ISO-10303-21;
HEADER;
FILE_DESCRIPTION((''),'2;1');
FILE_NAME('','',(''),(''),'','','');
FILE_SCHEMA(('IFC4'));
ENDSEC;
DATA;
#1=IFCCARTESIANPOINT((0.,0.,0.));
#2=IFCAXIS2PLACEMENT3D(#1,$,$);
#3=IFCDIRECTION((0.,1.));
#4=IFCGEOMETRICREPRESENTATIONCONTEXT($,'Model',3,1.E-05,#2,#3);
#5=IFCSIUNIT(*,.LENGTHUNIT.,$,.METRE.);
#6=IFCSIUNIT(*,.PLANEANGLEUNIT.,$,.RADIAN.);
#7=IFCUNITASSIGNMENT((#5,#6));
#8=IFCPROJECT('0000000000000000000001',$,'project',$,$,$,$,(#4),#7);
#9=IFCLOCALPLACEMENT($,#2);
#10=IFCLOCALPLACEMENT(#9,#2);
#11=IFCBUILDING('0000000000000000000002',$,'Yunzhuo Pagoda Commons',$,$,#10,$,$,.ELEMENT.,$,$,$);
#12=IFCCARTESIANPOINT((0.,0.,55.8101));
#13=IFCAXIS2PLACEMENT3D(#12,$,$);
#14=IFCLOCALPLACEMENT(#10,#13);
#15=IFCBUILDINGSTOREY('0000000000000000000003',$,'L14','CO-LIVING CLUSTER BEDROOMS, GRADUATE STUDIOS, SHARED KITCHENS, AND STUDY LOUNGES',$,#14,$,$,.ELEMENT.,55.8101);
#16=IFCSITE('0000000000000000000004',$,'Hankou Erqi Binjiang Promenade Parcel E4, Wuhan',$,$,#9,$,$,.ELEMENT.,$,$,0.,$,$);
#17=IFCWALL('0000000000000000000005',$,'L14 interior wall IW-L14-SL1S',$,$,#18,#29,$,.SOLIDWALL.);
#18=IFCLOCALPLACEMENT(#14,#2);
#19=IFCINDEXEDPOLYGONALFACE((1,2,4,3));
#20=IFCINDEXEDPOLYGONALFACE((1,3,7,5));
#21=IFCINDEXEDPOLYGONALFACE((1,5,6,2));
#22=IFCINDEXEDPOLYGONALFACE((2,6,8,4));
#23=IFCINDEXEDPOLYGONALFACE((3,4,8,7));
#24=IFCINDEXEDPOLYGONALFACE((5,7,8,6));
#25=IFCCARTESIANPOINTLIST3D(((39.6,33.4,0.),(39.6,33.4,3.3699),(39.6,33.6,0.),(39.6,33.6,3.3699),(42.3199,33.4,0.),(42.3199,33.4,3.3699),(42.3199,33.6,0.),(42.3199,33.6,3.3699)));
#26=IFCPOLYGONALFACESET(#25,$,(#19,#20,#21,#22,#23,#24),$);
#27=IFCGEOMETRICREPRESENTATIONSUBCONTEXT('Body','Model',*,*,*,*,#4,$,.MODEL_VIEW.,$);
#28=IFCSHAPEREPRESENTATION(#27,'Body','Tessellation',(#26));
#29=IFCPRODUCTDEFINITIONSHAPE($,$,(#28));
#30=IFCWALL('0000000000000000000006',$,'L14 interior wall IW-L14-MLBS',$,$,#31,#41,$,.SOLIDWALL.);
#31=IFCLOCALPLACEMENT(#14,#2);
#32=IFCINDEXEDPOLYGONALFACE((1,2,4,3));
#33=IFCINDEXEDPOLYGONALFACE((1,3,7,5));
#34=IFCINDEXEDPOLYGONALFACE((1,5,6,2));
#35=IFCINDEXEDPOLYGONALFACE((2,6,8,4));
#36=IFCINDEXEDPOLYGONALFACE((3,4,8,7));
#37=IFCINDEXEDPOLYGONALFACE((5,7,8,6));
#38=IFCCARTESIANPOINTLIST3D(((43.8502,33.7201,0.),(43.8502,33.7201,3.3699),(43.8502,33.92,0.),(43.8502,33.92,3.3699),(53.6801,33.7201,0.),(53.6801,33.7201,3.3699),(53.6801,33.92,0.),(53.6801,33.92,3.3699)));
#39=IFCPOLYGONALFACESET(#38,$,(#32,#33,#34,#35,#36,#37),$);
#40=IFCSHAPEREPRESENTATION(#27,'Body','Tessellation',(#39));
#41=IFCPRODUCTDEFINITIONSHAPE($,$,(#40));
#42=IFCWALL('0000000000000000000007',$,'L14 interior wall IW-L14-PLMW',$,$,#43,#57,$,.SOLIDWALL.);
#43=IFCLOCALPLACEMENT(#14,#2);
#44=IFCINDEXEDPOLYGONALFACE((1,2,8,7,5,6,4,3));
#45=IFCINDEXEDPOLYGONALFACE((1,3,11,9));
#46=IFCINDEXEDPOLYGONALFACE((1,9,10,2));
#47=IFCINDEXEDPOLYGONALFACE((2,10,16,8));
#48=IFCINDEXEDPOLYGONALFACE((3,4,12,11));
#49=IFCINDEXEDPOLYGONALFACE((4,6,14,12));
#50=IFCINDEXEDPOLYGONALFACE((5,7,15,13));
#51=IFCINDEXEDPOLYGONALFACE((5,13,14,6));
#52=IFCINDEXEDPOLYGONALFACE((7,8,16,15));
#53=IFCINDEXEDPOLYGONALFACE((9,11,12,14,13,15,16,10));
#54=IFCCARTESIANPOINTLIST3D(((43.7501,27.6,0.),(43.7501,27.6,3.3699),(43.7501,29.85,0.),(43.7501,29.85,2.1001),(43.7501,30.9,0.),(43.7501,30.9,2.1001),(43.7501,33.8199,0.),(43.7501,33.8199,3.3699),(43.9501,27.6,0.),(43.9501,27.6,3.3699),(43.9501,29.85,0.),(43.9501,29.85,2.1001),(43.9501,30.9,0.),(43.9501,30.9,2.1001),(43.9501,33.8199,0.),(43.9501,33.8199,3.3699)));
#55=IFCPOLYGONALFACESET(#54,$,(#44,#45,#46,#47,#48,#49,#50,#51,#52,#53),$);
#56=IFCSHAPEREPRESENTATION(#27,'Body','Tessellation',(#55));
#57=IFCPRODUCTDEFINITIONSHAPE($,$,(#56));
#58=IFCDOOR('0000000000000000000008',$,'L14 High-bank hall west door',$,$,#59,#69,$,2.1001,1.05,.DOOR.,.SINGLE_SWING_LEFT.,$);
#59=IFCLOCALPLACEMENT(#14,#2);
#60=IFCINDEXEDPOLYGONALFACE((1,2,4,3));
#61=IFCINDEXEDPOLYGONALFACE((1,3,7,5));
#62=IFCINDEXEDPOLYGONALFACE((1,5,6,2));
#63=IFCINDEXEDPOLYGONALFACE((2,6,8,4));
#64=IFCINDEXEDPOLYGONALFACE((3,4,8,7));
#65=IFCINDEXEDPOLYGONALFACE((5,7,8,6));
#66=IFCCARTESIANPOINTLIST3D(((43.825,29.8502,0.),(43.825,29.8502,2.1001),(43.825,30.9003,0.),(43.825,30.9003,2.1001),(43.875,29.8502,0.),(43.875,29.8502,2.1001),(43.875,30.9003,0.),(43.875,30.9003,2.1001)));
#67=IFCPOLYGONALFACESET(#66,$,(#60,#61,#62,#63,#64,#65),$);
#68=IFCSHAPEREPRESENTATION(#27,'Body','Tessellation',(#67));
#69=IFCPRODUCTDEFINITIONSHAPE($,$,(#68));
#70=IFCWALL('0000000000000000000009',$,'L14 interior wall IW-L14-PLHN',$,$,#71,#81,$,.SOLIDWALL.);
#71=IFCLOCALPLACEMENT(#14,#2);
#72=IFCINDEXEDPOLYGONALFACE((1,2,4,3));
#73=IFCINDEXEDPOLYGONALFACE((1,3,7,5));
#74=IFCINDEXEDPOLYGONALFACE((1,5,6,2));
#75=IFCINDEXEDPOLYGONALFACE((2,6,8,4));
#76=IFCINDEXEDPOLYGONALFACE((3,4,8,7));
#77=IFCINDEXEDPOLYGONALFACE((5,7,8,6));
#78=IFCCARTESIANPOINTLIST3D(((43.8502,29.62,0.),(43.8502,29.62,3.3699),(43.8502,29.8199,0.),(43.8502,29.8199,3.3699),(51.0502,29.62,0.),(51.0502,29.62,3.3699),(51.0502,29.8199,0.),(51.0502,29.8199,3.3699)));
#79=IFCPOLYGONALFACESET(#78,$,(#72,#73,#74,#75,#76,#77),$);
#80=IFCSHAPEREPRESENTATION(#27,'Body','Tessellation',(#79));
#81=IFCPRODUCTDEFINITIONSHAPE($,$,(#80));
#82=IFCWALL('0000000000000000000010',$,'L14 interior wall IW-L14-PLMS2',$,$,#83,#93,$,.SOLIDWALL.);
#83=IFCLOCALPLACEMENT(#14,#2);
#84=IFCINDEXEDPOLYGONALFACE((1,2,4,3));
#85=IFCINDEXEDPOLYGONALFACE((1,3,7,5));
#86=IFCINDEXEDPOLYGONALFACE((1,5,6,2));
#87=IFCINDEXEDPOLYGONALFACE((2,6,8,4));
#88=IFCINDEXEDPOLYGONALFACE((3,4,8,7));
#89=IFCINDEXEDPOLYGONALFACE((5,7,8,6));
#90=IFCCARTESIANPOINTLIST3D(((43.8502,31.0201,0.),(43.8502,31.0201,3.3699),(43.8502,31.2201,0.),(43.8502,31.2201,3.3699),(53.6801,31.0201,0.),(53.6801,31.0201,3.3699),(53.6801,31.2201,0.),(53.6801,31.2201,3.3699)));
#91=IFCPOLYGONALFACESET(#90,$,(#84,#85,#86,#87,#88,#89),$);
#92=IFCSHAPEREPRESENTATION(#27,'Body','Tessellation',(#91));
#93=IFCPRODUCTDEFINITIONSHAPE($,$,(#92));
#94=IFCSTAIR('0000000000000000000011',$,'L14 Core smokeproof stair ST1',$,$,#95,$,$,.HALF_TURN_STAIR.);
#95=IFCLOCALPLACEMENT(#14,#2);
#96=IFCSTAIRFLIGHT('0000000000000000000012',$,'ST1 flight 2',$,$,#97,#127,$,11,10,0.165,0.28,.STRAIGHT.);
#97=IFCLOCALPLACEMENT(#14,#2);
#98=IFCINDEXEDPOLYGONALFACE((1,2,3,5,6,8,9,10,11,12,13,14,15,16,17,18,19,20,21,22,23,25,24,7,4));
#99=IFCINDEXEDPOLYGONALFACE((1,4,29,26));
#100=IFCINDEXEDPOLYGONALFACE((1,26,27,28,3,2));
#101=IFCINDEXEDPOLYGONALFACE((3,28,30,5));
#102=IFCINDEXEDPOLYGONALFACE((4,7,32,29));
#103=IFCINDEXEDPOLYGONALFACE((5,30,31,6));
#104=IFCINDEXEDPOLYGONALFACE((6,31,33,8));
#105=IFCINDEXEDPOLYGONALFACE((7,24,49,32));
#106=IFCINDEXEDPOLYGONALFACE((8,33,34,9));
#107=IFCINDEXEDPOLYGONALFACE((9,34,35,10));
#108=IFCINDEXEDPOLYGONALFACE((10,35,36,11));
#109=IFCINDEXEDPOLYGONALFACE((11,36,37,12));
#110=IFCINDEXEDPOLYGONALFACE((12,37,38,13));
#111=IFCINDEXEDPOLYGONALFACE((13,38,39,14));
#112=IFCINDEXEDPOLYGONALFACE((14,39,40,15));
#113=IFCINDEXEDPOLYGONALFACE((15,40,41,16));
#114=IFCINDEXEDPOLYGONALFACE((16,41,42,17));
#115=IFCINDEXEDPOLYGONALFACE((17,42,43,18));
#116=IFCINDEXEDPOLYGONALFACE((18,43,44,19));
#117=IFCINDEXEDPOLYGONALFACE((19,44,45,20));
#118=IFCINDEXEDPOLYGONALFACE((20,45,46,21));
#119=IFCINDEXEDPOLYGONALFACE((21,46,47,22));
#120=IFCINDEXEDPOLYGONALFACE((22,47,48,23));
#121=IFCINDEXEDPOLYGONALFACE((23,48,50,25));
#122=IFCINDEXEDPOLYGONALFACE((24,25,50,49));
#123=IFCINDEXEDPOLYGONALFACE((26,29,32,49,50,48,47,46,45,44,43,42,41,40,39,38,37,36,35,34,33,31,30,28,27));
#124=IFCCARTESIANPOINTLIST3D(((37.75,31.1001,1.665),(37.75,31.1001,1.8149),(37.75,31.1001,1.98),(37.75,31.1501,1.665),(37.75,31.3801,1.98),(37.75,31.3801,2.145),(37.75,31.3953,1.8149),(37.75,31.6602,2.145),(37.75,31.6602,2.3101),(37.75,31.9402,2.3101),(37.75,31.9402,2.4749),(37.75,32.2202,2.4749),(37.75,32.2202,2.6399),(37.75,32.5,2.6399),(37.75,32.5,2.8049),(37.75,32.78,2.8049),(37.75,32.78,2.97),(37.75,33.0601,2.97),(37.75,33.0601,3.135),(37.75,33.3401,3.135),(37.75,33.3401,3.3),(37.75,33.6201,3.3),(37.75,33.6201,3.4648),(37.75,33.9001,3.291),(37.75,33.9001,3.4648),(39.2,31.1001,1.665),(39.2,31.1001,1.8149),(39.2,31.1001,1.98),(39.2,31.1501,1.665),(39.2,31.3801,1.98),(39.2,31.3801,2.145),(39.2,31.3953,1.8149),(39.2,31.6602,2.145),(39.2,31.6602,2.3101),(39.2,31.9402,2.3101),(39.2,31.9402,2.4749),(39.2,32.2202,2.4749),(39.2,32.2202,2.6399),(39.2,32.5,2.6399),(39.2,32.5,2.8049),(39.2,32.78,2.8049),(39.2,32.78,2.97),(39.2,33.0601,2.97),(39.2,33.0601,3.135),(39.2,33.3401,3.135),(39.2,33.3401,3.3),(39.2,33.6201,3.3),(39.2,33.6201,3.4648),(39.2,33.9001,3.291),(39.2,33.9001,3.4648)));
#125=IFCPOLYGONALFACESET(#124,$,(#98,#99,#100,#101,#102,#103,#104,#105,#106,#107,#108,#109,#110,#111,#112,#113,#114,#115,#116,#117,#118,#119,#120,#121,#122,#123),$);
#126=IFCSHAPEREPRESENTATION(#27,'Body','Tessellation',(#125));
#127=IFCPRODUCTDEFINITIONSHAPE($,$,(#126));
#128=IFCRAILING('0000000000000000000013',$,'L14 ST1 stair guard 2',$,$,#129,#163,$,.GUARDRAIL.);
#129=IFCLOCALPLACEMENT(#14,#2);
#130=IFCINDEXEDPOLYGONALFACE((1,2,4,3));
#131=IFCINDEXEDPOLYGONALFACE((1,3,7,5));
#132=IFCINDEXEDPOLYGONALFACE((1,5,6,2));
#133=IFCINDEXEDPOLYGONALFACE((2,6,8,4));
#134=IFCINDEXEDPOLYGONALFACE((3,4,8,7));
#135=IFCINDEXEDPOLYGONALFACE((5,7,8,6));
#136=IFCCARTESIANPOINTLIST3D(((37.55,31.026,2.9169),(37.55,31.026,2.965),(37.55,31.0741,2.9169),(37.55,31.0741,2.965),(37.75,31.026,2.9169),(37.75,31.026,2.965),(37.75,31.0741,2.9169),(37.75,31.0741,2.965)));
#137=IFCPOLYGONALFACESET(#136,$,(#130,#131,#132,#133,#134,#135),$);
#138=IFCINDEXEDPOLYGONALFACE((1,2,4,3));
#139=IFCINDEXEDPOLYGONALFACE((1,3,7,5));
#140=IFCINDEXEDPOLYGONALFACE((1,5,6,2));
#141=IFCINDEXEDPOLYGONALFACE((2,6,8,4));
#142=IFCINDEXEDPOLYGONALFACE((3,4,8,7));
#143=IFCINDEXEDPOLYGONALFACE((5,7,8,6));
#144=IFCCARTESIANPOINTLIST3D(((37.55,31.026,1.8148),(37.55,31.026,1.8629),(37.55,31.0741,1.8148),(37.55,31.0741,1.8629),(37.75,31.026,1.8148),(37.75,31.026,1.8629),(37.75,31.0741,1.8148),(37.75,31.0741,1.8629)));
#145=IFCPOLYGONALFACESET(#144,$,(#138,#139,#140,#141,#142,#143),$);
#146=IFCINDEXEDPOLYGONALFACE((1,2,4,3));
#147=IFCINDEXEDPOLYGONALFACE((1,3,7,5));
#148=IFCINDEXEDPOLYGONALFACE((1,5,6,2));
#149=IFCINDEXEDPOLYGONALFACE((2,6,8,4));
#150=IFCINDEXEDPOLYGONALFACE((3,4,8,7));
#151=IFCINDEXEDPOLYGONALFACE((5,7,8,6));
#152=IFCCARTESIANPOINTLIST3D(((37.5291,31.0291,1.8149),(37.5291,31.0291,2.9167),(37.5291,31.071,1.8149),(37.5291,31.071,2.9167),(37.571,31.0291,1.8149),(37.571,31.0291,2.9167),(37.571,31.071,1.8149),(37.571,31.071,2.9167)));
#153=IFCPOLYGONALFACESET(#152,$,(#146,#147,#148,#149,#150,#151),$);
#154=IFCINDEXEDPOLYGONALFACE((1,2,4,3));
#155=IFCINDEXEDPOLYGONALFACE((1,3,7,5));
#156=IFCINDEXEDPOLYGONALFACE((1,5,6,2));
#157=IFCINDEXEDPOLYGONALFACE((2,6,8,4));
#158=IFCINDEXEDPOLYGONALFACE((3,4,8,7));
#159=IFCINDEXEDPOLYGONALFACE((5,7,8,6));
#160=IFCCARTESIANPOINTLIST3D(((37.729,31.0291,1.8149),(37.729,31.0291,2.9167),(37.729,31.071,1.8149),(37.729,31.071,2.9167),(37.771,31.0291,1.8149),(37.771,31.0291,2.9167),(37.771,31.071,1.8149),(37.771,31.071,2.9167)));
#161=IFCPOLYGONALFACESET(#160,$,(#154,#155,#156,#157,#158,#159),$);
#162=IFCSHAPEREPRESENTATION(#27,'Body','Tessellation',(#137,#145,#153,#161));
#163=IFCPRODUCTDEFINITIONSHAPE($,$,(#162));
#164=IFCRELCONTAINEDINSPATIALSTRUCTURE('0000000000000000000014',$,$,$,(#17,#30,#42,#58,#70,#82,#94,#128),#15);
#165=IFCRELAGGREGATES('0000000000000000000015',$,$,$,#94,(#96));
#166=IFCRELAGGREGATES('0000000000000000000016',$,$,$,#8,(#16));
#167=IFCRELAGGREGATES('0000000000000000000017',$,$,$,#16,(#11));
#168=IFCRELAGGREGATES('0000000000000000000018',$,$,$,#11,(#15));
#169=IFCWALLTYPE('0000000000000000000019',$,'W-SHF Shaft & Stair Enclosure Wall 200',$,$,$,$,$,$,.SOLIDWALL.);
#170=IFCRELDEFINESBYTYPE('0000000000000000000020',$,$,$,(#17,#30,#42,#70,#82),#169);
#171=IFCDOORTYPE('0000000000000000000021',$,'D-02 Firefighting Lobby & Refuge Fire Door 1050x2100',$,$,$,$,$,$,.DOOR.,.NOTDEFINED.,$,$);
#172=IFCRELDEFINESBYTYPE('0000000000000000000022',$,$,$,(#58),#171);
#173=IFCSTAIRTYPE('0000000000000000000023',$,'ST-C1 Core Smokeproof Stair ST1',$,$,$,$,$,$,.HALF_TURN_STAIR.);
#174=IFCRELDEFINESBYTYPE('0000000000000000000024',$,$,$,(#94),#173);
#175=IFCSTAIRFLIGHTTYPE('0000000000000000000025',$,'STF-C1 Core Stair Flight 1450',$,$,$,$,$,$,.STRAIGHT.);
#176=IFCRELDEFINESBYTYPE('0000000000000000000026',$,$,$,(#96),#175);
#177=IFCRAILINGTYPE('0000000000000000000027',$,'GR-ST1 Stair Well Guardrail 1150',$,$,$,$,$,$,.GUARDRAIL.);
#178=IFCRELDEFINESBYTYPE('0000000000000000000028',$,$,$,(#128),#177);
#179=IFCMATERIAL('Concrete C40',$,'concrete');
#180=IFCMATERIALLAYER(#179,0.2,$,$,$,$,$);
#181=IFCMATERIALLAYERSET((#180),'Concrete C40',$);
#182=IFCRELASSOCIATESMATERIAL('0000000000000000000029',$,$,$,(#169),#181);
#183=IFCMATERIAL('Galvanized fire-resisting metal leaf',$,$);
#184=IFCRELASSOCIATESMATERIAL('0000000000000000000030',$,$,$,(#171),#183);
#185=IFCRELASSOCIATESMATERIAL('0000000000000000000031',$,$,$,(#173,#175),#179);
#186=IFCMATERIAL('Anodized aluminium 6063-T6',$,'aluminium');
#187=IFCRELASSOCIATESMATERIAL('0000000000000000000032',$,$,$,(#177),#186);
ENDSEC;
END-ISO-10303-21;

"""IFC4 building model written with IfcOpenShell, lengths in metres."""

from ifc_helpers import new_model, si_unit, direction, frame, frame_2d, origin, origin_2d, place, context, subcontext, project, spatial, polyline, rectangle, outline, extrude, source, transform, mapped, material, layer, layer_set, type_object, element, fill, aggregate, save


model = new_model("IFC4")

# Units and contexts
model_context = context("Model", 3, precision=1e-05, world=origin(), true_north=direction((0.0, 1.0)))
body_context = subcontext(model_context, "Body", "Model", "MODEL_VIEW")
ifc_project = project(units=[si_unit("LENGTHUNIT", "METRE"), si_unit("PLANEANGLEUNIT", "RADIAN")], contexts=[model_context])

# Site, building, storey
site_placement = place(None, origin())
site = spatial("IfcSite", under=ifc_project, at=site_placement, Name="Hankou Erqi Binjiang Promenade Parcel E4, Wuhan", CompositionType="ELEMENT", RefElevation=0.0)
building_placement = place(site_placement, origin())
building = spatial("IfcBuilding", under=site, at=building_placement, Name="Yunzhuo Pagoda Commons", CompositionType="ELEMENT")
storey_placement = place(building_placement, frame((0.0, 0.0, 55.8101)))
storey = spatial("IfcBuildingStorey", under=building, at=storey_placement, Name="L14", Description="CO-LIVING CLUSTER BEDROOMS, GRADUATE STUDIOS, SHARED KITCHENS, AND STUDY LOUNGES", CompositionType="ELEMENT", Elevation=55.8101)

# Shared definitions
ifc_material_1 = material(Name="Galvanized fire-resisting metal leaf")

# Shared definitions
ifc_material_2 = material(Name="Concrete C40", Category="concrete")
ifc_layer_1 = layer(ifc_material_2, 0.2)
ifc_layer_set_1 = layer_set([ifc_layer_1], Name="Concrete C40")
wall_type_1 = type_object("IfcWallType", Name="W-SHF Shaft & Stair Enclosure Wall 200", PredefinedType="SOLIDWALL", material=ifc_layer_set_1)
shared_shape_1 = source(origin(), body_context, "Body", "SweptSolid", [
    extrude(rectangle(XDim=1.05, YDim=2.1001, at=frame_2d((0.5249, 1.05))), frame((0.0, 0.0249, 0.0), z_axis=(0.0, -1.0, 0.0), x_axis=(1.0, 0.0, 0.0)), (0.0, 0.0, 1.0), 0.05),
])

# Walls
wall_1_placement = place(storey_placement, frame((39.6001, 33.5, 0.0), z_axis=(0.0, 0.0, 1.0), x_axis=(1.0, 0.0, 0.0)))
element("IfcWall", 1, at=wall_1_placement, inside=storey, type_object=wall_type_1, Name="L14 interior wall IW-L14-SL1S", PredefinedType="SOLIDWALL", context=body_context, shape_type="SweptSolid", body=[
    extrude(rectangle(XDim=2.72, YDim=0.2, at=frame_2d((1.3599, 0.0))), origin(), (0.0, 0.0, 1.0), 3.3699),
])
wall_2_placement = place(storey_placement, frame((43.8501, 33.8201, 0.0), z_axis=(0.0, 0.0, 1.0), x_axis=(1.0, 0.0, 0.0)))
element("IfcWall", 2, at=wall_2_placement, inside=storey, type_object=wall_type_1, Name="L14 interior wall IW-L14-MLBS", PredefinedType="SOLIDWALL", context=body_context, shape_type="SweptSolid", body=[
    extrude(rectangle(XDim=9.8298, YDim=0.2, at=frame_2d((4.915, 0.0))), origin(), (0.0, 0.0, 1.0), 3.3699),
])

# Wall, opening, door
wall_3_placement = place(storey_placement, frame((43.8501, 27.6001, 0.0), z_axis=(0.0, 0.0, 1.0), x_axis=(0.0, 1.0, 0.0)))
wall_3 = element("IfcWall", 3, at=wall_3_placement, inside=storey, type_object=wall_type_1, Name="L14 interior wall IW-L14-PLMW", PredefinedType="SOLIDWALL", context=body_context, shape_type="SweptSolid", body=[
    extrude(rectangle(XDim=6.22, YDim=0.2, at=frame_2d((3.1099, 0.0))), origin(), (0.0, 0.0, 1.0), 3.3699),
])
opening_1_placement = place(wall_3_placement, frame((2.25, 0.0, 0.0)))
opening_1 = element("IfcOpeningElement", 4, at=opening_1_placement, cuts=wall_3, PredefinedType="OPENING", context=body_context, shape_type="SweptSolid", body=[
    extrude(rectangle(XDim=1.05, YDim=2.1001, at=frame_2d((0.5249, 1.05))), frame((0.0, 0.1099, 0.0), z_axis=(0.0, -1.0, 0.0), x_axis=(1.0, 0.0, 0.0)), (0.0, 0.0, 1.0), 0.22),
])
door_type_1 = type_object("IfcDoorType", Name="D-02 Firefighting Lobby & Refuge Fire Door 1050x2100", OperationType="NOTDEFINED", PredefinedType="DOOR", material=ifc_material_1)
door_1_placement = place(opening_1_placement, frame((1.05, 0.0, 0.0), z_axis=(0.0, 0.0, 1.0), x_axis=(-1.0, 0.0, 0.0)))
door_1 = element("IfcDoor", 5, at=door_1_placement, inside=storey, type_object=door_type_1, Name="L14 High-bank hall west door", OperationType="SINGLE_SWING_LEFT", OverallHeight=2.1001, OverallWidth=1.05, PredefinedType="DOOR", context=body_context, shape_type="MappedRepresentation", body=[
    mapped(shared_shape_1, transform((0.0, 0.0, 0.0), scale=1.0)),
])
fill(opening_1, door_1)

# Walls
wall_4_placement = place(storey_placement, frame((43.8501, 29.72, 0.0), z_axis=(0.0, 0.0, 1.0), x_axis=(1.0, 0.0, 0.0)))
element("IfcWall", 6, at=wall_4_placement, inside=storey, type_object=wall_type_1, Name="L14 interior wall IW-L14-PLHN", PredefinedType="SOLIDWALL", context=body_context, shape_type="SweptSolid", body=[
    extrude(rectangle(XDim=7.2, YDim=0.2, at=frame_2d((3.6001, 0.0))), origin(), (0.0, 0.0, 1.0), 3.3699),
])
wall_5_placement = place(storey_placement, frame((43.8501, 31.1201, 0.0), z_axis=(0.0, 0.0, 1.0), x_axis=(1.0, 0.0, 0.0)))
element("IfcWall", 7, at=wall_5_placement, inside=storey, type_object=wall_type_1, Name="L14 interior wall IW-L14-PLMS2", PredefinedType="SOLIDWALL", context=body_context, shape_type="SweptSolid", body=[
    extrude(rectangle(XDim=9.8298, YDim=0.2, at=frame_2d((4.915, 0.0))), origin(), (0.0, 0.0, 1.0), 3.3699),
])

# Stair, stair flight
stair_type = type_object("IfcStairType", Name="ST-C1 Core Smokeproof Stair ST1", PredefinedType="HALF_TURN_STAIR", material=ifc_material_2)
stair_placement = place(storey_placement, origin())
stair = element("IfcStair", 8, at=stair_placement, inside=storey, type_object=stair_type, Name="L14 Core smokeproof stair ST1", PredefinedType="HALF_TURN_STAIR")
stair_flight_type = type_object("IfcStairFlightType", Name="STF-C1 Core Stair Flight 1450", PredefinedType="STRAIGHT", material=ifc_material_2)
shared_shape_2 = source(origin(), body_context, "Body", "SweptSolid", [
    extrude(outline(polyline([(0.0, -0.1499), (0.0, 0.0), (0.0, 0.165), (0.28, 0.165), (0.28, 0.3301), (0.5601, 0.3301), (0.5601, 0.4951), (0.8401, 0.4951), (0.8401, 0.6599), (1.1201, 0.6599), (1.1201, 0.825), (1.3999, 0.825), (1.3999, 0.99), (1.6799, 0.99), (1.6799, 1.155), (1.96, 1.155), (1.96, 1.3201), (2.24, 1.3201), (2.24, 1.4851), (2.52, 1.4851), (2.52, 1.6499), (2.8, 1.6499), (2.8, 1.8149), (2.8, 1.4761), (0.2952, 0.0), (0.05, -0.1499), (0.0, -0.1499)])), frame((0.0, 0.7251, 0.0), z_axis=(0.0, -1.0, 0.0), x_axis=(1.0, 0.0, 0.0)), (0.0, 0.0, 1.0), 1.45),
])
stair_flight_placement = place(storey_placement, frame((38.4751, 31.1001, 1.8149), z_axis=(0.0, 0.0, 1.0), x_axis=(0.0, 1.0, 0.0)))
stair_flight = element("IfcStairFlight", 9, at=stair_flight_placement, type_object=stair_flight_type, Name="ST1 flight 2", NumberOfRisers=11, NumberOfTreads=10, PredefinedType="STRAIGHT", RiserHeight=0.165, TreadLength=0.28, context=body_context, shape_type="MappedRepresentation", body=[
    mapped(shared_shape_2, transform((0.0, 0.0, 0.0), scale=1.0)),
])
aggregate(stair, [stair_flight])

# Railing
ifc_material_3 = material(Name="Anodized aluminium 6063-T6", Category="aluminium")
railing_type_1 = type_object("IfcRailingType", Name="GR-ST1 Stair Well Guardrail 1150", PredefinedType="GUARDRAIL", material=ifc_material_3)
railing_1_placement = place(storey_placement, frame((37.55, 31.05, 1.8149)))
element("IfcRailing", 10, at=railing_1_placement, inside=storey, type_object=railing_type_1, Name="L14 ST1 stair guard 2", PredefinedType="GUARDRAIL", context=body_context, shape_type="SweptSolid", body=[
    extrude(rectangle(XDim=0.0481, YDim=0.0481, at=origin_2d()), frame((0.0, 0.0, 1.126), z_axis=(1.0, 0.0, 0.0), x_axis=(0.0, 1.0, 0.0)), (0.0, 0.0, 1.0), 0.2),
    extrude(rectangle(XDim=0.0481, YDim=0.0481, at=origin_2d()), frame((0.0, 0.0, 0.0239), z_axis=(1.0, 0.0, 0.0), x_axis=(0.0, 1.0, 0.0)), (0.0, 0.0, 1.0), 0.2),
    extrude(rectangle(XDim=0.042, YDim=0.042, at=origin_2d()), origin(), (0.0, 0.0, 1.0), 1.1018),
    extrude(rectangle(XDim=0.042, YDim=0.042, at=origin_2d()), frame((0.2, 0.0, 0.0)), (0.0, 0.0, 1.0), 1.1018),
])

save(model, "model.ifc")
